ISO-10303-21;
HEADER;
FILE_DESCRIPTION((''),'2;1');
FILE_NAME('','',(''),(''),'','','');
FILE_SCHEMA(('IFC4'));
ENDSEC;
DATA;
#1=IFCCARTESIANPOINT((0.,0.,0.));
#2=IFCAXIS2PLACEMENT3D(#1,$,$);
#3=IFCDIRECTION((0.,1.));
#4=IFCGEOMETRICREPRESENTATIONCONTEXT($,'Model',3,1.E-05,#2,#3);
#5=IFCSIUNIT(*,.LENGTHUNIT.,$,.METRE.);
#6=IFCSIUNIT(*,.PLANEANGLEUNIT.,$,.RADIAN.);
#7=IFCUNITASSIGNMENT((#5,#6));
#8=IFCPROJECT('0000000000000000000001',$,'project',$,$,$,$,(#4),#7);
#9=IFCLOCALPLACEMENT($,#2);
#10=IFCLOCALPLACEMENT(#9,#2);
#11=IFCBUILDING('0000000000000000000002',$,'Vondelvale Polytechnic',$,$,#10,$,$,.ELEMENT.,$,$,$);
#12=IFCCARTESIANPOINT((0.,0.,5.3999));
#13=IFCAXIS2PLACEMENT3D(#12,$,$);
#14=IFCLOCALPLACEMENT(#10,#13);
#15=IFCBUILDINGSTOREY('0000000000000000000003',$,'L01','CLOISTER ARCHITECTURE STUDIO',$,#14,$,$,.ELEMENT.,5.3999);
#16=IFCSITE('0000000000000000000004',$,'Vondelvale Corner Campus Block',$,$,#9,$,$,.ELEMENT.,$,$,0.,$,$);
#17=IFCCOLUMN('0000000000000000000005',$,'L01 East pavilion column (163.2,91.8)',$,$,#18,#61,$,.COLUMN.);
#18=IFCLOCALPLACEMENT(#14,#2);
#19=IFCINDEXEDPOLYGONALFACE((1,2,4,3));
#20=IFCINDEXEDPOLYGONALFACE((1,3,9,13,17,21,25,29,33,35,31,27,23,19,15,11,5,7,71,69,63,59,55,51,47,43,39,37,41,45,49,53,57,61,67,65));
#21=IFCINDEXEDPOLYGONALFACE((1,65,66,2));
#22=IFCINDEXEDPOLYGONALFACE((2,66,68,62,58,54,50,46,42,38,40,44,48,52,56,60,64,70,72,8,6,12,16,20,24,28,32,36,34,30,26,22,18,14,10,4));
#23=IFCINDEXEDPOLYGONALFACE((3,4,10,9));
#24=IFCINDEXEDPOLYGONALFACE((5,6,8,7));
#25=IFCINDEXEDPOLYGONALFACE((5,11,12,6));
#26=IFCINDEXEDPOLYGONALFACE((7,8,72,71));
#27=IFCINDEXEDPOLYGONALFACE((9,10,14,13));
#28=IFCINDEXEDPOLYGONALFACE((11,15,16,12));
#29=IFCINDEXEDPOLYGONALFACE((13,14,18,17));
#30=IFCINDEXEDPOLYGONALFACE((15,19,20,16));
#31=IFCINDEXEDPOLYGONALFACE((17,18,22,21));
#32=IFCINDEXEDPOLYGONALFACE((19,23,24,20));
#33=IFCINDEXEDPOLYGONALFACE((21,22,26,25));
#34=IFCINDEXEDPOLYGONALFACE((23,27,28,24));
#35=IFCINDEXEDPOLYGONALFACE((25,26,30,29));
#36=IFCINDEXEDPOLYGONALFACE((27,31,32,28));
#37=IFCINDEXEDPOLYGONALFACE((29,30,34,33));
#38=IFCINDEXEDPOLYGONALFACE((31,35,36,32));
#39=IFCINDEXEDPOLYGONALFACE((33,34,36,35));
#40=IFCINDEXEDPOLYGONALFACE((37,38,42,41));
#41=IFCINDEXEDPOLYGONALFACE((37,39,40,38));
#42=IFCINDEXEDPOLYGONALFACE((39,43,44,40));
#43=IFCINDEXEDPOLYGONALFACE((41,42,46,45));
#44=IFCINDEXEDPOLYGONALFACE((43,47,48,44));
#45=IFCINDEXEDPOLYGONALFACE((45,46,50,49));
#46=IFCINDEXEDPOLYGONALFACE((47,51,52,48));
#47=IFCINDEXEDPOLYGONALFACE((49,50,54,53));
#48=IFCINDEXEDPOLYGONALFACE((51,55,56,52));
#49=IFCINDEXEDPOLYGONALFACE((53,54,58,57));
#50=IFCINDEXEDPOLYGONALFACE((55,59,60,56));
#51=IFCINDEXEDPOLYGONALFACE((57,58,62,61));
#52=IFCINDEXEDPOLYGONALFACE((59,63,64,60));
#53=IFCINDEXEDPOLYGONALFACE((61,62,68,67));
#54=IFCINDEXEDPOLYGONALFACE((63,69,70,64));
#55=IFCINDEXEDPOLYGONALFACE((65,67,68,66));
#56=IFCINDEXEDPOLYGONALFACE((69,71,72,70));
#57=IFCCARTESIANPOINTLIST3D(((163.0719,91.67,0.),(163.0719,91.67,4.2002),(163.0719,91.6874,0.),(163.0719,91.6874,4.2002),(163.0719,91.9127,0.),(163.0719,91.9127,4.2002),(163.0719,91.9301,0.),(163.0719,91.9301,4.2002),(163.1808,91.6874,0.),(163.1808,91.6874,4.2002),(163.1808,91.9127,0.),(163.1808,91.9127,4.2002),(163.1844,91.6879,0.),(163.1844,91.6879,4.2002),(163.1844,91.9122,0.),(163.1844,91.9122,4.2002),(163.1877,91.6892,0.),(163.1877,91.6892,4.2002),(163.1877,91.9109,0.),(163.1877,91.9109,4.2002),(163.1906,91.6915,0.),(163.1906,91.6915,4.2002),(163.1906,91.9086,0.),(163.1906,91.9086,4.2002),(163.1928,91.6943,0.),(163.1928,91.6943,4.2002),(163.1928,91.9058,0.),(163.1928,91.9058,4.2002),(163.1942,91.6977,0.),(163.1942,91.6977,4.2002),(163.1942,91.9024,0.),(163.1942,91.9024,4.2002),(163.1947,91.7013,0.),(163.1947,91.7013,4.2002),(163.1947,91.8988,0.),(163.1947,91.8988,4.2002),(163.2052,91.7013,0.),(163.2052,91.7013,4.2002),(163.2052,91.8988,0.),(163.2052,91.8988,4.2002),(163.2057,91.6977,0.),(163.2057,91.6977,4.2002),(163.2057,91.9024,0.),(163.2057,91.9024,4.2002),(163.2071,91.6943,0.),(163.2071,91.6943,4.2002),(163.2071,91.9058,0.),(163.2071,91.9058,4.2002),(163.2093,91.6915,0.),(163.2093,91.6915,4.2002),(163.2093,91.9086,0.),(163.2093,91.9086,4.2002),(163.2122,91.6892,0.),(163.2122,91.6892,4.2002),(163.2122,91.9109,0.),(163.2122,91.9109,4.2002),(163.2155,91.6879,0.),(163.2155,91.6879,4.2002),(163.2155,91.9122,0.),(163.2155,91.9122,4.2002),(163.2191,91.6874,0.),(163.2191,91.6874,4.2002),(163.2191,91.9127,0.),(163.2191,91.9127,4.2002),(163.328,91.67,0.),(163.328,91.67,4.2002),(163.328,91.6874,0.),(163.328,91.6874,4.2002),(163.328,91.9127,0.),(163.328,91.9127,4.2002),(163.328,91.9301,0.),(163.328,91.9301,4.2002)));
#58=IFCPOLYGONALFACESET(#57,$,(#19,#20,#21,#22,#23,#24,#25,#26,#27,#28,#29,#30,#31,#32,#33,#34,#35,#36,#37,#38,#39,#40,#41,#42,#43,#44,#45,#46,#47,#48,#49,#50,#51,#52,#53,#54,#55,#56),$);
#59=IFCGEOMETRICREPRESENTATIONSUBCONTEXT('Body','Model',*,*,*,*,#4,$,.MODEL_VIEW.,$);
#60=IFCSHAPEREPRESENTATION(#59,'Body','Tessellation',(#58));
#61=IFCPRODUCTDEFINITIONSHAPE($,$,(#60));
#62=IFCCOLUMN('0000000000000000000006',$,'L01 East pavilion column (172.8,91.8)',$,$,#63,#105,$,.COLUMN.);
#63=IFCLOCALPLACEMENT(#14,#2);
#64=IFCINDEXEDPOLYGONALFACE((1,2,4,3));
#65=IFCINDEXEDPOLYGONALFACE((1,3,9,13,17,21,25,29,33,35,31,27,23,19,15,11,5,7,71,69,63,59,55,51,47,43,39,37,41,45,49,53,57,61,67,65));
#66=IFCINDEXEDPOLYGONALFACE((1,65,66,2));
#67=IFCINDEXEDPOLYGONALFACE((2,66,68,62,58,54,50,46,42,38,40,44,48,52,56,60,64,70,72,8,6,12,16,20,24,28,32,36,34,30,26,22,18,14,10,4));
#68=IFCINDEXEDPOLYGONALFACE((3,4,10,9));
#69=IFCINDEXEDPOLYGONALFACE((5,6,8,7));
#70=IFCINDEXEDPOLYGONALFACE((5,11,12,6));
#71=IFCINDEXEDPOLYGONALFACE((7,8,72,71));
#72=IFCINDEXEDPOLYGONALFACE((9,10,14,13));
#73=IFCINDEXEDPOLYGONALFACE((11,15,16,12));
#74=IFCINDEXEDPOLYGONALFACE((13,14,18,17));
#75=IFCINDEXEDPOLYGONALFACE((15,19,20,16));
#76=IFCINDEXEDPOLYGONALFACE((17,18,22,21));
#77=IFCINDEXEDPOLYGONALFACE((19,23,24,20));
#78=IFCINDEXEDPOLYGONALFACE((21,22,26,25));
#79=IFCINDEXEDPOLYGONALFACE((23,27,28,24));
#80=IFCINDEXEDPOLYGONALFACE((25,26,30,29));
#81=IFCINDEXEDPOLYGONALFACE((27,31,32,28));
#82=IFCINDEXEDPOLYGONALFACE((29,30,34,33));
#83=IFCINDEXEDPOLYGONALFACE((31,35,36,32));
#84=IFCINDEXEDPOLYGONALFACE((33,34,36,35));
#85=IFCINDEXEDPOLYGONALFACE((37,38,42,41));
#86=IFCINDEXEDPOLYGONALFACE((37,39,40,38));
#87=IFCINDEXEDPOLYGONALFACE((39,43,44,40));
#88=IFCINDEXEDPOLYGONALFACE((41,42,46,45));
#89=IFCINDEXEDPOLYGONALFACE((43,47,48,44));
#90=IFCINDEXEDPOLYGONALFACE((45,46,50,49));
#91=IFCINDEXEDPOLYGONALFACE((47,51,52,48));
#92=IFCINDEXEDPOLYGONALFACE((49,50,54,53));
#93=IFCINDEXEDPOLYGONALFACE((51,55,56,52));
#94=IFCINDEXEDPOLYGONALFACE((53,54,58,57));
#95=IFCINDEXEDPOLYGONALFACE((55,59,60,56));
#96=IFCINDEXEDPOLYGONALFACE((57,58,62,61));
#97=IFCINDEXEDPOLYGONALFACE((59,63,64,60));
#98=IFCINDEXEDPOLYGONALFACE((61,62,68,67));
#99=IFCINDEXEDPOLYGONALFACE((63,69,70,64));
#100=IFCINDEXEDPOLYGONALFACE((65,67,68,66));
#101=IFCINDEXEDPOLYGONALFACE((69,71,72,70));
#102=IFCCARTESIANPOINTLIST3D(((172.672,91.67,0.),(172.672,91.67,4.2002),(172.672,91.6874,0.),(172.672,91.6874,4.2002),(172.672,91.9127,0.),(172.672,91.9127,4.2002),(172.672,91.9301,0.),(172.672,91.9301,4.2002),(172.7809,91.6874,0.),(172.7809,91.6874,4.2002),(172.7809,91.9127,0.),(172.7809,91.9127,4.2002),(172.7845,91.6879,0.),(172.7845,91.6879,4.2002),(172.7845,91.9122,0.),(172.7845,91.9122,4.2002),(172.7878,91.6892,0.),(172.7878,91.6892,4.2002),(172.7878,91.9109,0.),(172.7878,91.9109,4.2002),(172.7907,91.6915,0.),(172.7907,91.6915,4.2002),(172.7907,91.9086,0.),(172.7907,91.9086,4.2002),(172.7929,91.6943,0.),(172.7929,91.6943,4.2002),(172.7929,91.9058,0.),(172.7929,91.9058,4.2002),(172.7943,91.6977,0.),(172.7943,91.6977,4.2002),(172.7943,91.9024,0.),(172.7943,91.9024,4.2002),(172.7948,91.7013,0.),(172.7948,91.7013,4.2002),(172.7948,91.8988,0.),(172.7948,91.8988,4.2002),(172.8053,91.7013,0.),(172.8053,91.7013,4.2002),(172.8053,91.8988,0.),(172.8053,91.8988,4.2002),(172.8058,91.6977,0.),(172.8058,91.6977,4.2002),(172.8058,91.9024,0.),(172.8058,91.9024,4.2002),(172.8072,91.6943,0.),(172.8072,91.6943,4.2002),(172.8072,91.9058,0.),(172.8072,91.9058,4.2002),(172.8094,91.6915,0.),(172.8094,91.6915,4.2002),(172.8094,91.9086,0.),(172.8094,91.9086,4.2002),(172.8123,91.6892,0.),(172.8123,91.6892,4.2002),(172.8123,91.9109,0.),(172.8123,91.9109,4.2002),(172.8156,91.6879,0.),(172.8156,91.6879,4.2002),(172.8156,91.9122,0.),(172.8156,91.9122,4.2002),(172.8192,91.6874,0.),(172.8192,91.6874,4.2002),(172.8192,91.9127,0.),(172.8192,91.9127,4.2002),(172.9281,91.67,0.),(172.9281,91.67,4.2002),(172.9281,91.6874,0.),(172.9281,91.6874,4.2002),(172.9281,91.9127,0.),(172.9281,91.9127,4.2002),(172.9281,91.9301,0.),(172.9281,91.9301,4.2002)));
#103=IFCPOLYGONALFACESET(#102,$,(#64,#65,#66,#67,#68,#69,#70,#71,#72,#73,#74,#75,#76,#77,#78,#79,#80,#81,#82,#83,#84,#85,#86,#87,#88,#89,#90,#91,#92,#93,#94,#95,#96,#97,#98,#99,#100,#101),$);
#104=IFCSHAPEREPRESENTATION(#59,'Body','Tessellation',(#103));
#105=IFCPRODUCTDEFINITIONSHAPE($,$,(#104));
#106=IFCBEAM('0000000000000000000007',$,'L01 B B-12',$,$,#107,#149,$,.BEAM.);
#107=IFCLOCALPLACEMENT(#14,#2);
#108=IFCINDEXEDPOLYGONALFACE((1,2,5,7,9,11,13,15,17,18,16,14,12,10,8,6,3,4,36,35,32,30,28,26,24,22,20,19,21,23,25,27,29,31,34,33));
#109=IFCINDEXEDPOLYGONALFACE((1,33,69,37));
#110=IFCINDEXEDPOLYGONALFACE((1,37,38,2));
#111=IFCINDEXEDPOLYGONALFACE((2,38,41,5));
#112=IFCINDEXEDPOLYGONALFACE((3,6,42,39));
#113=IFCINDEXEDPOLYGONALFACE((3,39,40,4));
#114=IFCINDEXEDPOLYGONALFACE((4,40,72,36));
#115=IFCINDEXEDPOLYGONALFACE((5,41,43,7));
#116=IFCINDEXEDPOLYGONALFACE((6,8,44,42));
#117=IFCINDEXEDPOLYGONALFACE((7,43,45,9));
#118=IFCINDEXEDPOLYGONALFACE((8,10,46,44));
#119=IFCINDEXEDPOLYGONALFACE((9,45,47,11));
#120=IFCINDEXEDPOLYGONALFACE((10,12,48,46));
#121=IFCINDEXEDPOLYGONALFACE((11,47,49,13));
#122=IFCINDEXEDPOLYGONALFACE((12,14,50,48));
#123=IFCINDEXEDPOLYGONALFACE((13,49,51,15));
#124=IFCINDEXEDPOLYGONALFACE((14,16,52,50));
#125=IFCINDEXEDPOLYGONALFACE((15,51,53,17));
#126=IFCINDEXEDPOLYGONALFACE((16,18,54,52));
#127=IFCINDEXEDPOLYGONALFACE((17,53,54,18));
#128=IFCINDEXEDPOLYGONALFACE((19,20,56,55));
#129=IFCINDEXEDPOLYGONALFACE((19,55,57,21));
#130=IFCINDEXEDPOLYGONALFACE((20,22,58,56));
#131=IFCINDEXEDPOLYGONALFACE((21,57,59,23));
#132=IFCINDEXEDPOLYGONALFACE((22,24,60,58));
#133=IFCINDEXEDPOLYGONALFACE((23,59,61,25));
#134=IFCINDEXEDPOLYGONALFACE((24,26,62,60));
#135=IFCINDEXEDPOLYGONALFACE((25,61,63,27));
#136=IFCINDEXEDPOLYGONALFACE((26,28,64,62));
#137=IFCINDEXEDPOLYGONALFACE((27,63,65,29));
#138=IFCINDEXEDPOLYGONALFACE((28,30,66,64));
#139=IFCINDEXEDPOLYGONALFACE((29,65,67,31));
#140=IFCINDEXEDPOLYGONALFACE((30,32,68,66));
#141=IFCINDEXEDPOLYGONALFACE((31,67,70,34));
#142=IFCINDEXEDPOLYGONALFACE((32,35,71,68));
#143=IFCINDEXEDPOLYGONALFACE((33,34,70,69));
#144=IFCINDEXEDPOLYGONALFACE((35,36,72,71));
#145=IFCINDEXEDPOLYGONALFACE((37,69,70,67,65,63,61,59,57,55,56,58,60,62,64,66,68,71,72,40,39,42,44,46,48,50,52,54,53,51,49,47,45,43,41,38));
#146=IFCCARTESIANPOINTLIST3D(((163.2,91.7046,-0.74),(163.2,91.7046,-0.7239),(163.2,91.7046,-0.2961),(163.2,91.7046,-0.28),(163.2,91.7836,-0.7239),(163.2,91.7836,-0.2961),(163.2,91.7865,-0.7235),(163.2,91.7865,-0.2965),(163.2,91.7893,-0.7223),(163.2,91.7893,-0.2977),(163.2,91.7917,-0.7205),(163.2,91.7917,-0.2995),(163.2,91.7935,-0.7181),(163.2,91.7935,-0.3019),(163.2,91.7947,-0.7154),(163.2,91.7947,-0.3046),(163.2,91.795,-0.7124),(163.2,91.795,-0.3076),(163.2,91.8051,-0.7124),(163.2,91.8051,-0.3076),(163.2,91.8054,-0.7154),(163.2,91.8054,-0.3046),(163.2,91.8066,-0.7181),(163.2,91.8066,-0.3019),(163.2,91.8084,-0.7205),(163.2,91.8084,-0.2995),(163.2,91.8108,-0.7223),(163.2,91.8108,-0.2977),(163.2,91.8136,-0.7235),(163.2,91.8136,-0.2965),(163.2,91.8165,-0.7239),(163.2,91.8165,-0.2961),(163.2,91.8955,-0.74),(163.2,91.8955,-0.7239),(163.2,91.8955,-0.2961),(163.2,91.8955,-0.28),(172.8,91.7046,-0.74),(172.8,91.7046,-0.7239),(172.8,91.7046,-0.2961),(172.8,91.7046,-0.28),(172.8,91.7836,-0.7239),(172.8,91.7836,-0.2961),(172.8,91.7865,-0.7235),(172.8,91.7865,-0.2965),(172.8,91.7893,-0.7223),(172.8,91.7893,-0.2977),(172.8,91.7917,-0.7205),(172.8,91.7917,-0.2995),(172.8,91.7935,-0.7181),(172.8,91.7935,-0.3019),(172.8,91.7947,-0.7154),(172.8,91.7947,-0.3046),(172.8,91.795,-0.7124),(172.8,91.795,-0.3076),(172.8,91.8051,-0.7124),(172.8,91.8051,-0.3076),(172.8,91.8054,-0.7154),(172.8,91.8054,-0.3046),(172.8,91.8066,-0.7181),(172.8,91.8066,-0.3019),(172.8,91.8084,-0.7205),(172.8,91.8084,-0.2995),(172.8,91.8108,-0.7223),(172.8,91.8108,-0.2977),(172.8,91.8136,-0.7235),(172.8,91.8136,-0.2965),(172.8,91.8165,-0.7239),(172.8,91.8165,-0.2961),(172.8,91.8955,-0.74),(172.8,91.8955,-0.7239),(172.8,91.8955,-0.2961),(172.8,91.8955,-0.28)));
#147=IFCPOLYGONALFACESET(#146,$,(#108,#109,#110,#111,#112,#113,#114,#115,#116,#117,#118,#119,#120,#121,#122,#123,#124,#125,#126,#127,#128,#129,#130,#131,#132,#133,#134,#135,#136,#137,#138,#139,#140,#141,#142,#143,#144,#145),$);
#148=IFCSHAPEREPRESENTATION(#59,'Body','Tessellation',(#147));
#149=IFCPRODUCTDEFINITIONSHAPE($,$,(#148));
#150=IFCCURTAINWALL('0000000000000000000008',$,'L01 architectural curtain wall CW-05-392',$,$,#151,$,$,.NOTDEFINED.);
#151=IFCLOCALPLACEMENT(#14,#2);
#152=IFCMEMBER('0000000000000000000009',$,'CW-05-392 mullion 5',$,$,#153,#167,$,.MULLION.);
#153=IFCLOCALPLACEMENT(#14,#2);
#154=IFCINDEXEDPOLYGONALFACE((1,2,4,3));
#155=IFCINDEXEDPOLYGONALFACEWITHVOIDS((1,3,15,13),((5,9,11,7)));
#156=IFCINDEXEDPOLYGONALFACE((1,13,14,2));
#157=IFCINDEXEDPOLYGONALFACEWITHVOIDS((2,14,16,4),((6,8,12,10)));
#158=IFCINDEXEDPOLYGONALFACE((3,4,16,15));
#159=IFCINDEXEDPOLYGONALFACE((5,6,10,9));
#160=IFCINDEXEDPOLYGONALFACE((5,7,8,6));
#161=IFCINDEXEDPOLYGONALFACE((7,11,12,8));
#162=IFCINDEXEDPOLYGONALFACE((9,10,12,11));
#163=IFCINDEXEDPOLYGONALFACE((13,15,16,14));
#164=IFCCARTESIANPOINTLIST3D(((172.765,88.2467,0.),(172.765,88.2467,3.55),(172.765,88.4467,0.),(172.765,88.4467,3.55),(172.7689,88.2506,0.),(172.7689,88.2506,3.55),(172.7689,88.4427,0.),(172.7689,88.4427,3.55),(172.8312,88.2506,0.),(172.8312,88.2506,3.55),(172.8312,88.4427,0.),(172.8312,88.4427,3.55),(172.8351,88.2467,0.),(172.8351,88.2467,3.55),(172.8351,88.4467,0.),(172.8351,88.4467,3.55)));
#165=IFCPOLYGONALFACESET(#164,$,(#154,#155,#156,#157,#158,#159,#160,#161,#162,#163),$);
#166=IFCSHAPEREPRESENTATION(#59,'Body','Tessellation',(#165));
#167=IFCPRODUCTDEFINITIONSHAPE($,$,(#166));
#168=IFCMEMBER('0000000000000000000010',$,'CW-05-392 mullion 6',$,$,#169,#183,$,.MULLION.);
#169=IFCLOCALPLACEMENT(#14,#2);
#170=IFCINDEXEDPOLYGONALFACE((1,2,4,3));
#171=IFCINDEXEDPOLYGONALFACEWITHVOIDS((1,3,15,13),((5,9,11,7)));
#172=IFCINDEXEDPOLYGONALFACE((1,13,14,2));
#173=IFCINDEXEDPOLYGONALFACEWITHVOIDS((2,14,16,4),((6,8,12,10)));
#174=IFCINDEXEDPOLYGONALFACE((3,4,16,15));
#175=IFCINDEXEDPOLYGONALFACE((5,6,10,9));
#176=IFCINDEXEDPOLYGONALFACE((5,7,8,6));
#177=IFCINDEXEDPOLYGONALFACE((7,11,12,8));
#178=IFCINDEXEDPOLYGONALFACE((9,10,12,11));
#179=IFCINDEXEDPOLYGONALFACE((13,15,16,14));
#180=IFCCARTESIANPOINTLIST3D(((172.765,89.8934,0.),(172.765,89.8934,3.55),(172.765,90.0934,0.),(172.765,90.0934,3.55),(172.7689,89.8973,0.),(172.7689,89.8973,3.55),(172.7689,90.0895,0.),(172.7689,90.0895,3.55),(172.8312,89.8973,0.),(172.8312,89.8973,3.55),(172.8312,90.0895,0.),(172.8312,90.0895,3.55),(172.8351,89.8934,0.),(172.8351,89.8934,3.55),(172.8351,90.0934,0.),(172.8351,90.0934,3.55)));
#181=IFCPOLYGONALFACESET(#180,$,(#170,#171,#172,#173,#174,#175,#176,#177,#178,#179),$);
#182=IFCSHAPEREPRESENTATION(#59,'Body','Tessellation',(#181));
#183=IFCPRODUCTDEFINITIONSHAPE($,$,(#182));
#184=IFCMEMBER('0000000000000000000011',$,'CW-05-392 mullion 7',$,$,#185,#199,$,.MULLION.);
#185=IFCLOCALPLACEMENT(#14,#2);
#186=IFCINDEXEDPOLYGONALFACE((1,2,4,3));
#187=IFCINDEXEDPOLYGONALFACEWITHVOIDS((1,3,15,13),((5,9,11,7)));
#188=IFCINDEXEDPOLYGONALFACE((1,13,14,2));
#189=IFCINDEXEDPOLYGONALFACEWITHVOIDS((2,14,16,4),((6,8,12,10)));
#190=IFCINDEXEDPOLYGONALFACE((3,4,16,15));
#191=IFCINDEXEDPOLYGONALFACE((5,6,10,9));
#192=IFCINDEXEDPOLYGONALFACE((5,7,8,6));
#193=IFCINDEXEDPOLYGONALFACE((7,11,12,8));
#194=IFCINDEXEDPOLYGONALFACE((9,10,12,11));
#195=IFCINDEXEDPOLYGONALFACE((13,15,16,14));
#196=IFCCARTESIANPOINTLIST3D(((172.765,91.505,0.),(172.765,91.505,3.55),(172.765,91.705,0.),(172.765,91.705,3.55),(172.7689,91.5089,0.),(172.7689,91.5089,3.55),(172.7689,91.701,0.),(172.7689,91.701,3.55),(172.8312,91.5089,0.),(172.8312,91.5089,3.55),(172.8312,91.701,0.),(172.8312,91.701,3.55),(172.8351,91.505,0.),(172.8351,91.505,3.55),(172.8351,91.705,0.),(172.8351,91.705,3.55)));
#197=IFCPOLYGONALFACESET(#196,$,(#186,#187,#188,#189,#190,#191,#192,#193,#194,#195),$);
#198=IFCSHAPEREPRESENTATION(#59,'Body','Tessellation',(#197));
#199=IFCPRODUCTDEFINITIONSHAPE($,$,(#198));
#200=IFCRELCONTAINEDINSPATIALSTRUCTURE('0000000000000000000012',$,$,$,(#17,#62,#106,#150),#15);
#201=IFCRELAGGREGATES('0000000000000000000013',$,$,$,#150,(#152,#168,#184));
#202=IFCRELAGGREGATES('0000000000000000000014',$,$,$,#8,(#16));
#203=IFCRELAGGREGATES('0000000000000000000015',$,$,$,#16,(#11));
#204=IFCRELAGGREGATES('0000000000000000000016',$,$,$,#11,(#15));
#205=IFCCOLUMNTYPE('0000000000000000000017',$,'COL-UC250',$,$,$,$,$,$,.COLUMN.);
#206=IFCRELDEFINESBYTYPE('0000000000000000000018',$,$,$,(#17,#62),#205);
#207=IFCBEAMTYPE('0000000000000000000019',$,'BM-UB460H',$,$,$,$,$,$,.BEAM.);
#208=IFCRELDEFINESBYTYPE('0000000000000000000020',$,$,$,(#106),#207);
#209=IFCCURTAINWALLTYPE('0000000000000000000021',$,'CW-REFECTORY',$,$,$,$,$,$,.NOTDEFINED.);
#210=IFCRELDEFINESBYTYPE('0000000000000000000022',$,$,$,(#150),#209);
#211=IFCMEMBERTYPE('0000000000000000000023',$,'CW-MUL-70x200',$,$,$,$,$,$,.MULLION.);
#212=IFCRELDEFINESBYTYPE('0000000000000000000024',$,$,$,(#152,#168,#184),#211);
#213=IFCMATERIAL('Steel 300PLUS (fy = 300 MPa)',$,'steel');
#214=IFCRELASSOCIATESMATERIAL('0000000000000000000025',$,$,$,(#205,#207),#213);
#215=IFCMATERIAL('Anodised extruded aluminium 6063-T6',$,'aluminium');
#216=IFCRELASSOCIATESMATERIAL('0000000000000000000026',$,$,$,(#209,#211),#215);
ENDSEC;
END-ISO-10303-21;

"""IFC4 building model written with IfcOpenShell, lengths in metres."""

from ifc_helpers import new_model, si_unit, direction, frame, origin, origin_2d, place, context, subcontext, project, spatial, hollow_rectangle, i_section, extrude, material, material_profile, profile_set, type_object, element, aggregate, save


model = new_model("IFC4")

# Units and contexts
model_context = context("Model", 3, precision=1e-05, world=origin(), true_north=direction((0.0, 1.0)))
body_context = subcontext(model_context, "Body", "Model", "MODEL_VIEW")
ifc_project = project(units=[si_unit("LENGTHUNIT", "METRE"), si_unit("PLANEANGLEUNIT", "RADIAN")], contexts=[model_context])

# Site, building, storey
site_placement = place(None, origin())
site = spatial("IfcSite", under=ifc_project, at=site_placement, Name="Vondelvale Corner Campus Block", CompositionType="ELEMENT", RefElevation=0.0)
building_placement = place(site_placement, origin())
building = spatial("IfcBuilding", under=site, at=building_placement, Name="Vondelvale Polytechnic", CompositionType="ELEMENT")
storey_placement = place(building_placement, frame((0.0, 0.0, 5.3999)))
storey = spatial("IfcBuildingStorey", under=building, at=storey_placement, Name="L01", Description="CLOISTER ARCHITECTURE STUDIO", CompositionType="ELEMENT", Elevation=5.3999)

# Columns
ifc_material_1 = material(Name="Steel 300PLUS (fy = 300 MPa)", Category="steel")
ifc_material_profile_1 = material_profile(ifc_material_1, i_section(OverallWidth=0.2561, OverallDepth=0.26, WebThickness=0.0105, FlangeThickness=0.0173, FilletRadius=0.0139, at=origin_2d()), Name="250UC89.5")
ifc_profile_set_1 = profile_set([ifc_material_profile_1], Name="Steel 300PLUS (fy = 300 MPa)")
column_type = type_object("IfcColumnType", Name="COL-UC250", PredefinedType="COLUMN", material=ifc_profile_set_1)
for number, where, z_axis, x_axis, name in (
    (1, (163.2, 91.8, 0.0), (0.0, 0.0, 1.0), (1.0, 0.0, 0.0), "L01 East pavilion column (163.2,91.8)"),
    (2, (172.8, 91.8, 0.0), (0.0, 0.0, 1.0), (1.0, 0.0, 0.0), "L01 East pavilion column (172.8,91.8)"),
):
    element("IfcColumn", number, at=place(storey_placement, frame(where, z_axis=z_axis, x_axis=x_axis)), inside=storey, type_object=column_type, Name=name, PredefinedType="COLUMN", context=body_context, shape_type="SweptSolid", body=[
        extrude(i_section(OverallWidth=0.2561, OverallDepth=0.26, WebThickness=0.0105, FlangeThickness=0.0173, FilletRadius=0.0139, at=origin_2d()), origin(), (0.0, 0.0, 1.0), 4.2002),
    ])

# Beam
ifc_material_profile_2 = material_profile(ifc_material_1, i_section(OverallWidth=0.1909, OverallDepth=0.46, WebThickness=0.01, FlangeThickness=0.0161, FilletRadius=0.0115, at=origin_2d()), Name="460UB82.1")
ifc_profile_set_2 = profile_set([ifc_material_profile_2], Name="Steel 300PLUS (fy = 300 MPa)")
beam_type = type_object("IfcBeamType", Name="BM-UB460H", PredefinedType="BEAM", material=ifc_profile_set_2)
beam_placement = place(storey_placement, frame((163.2, 91.8, -0.51), z_axis=(1.0, 0.0, 0.0), x_axis=(0.0, 1.0, 0.0)))
element("IfcBeam", 3, at=beam_placement, inside=storey, type_object=beam_type, Name="L01 B B-12", PredefinedType="BEAM", context=body_context, shape_type="SweptSolid", body=[
    extrude(i_section(OverallWidth=0.1909, OverallDepth=0.46, WebThickness=0.01, FlangeThickness=0.0161, FilletRadius=0.0115, at=origin_2d()), origin(), (0.0, 0.0, 1.0), 9.6001),
])

# Curtain wall, members
ifc_material_2 = material(Name="Anodised extruded aluminium 6063-T6", Category="aluminium")
curtain_wall_type = type_object("IfcCurtainWallType", Name="CW-REFECTORY", PredefinedType="NOTDEFINED", material=ifc_material_2)
curtain_wall_placement = place(storey_placement, origin())
curtain_wall = element("IfcCurtainWall", 4, at=curtain_wall_placement, inside=storey, type_object=curtain_wall_type, Name="L01 architectural curtain wall CW-05-392", PredefinedType="NOTDEFINED")
ifc_material_profile_3 = material_profile(ifc_material_2, hollow_rectangle(XDim=0.0701, YDim=0.2, WallThickness=0.0039, at=origin_2d()), Name="CW-MUL-200x70")
ifc_profile_set_3 = profile_set([ifc_material_profile_3], Name="Anodised extruded aluminium 6063-T6")
member_type_1 = type_object("IfcMemberType", Name="CW-MUL-70x200", PredefinedType="MULLION", material=ifc_profile_set_3)
member_1_placement = place(storey_placement, frame((172.8, 88.3467, 0.0), z_axis=(0.0, 0.0, 1.0), x_axis=(-1.0, 0.0, 0.0)))
member_1 = element("IfcMember", 5, at=member_1_placement, type_object=member_type_1, Name="CW-05-392 mullion 5", PredefinedType="MULLION", context=body_context, shape_type="SweptSolid", body=[
    extrude(hollow_rectangle(XDim=0.0701, YDim=0.2, WallThickness=0.0039, at=origin_2d()), origin(), (0.0, 0.0, 1.0), 3.55),
])
member_2_placement = place(storey_placement, frame((172.8, 89.9934, 0.0), z_axis=(0.0, 0.0, 1.0), x_axis=(-1.0, 0.0, 0.0)))
member_2 = element("IfcMember", 6, at=member_2_placement, type_object=member_type_1, Name="CW-05-392 mullion 6", PredefinedType="MULLION", context=body_context, shape_type="SweptSolid", body=[
    extrude(hollow_rectangle(XDim=0.0701, YDim=0.2, WallThickness=0.0039, at=origin_2d()), origin(), (0.0, 0.0, 1.0), 3.55),
])
member_3_placement = place(storey_placement, frame((172.8, 91.605, 0.0), z_axis=(0.0, 0.0, 1.0), x_axis=(-1.0, 0.0, 0.0)))
member_3 = element("IfcMember", 7, at=member_3_placement, type_object=member_type_1, Name="CW-05-392 mullion 7", PredefinedType="MULLION", context=body_context, shape_type="SweptSolid", body=[
    extrude(hollow_rectangle(XDim=0.0701, YDim=0.2, WallThickness=0.0039, at=origin_2d()), origin(), (0.0, 0.0, 1.0), 3.55),
])
aggregate(curtain_wall, [member_1, member_2, member_3])

save(model, "model.ifc")
